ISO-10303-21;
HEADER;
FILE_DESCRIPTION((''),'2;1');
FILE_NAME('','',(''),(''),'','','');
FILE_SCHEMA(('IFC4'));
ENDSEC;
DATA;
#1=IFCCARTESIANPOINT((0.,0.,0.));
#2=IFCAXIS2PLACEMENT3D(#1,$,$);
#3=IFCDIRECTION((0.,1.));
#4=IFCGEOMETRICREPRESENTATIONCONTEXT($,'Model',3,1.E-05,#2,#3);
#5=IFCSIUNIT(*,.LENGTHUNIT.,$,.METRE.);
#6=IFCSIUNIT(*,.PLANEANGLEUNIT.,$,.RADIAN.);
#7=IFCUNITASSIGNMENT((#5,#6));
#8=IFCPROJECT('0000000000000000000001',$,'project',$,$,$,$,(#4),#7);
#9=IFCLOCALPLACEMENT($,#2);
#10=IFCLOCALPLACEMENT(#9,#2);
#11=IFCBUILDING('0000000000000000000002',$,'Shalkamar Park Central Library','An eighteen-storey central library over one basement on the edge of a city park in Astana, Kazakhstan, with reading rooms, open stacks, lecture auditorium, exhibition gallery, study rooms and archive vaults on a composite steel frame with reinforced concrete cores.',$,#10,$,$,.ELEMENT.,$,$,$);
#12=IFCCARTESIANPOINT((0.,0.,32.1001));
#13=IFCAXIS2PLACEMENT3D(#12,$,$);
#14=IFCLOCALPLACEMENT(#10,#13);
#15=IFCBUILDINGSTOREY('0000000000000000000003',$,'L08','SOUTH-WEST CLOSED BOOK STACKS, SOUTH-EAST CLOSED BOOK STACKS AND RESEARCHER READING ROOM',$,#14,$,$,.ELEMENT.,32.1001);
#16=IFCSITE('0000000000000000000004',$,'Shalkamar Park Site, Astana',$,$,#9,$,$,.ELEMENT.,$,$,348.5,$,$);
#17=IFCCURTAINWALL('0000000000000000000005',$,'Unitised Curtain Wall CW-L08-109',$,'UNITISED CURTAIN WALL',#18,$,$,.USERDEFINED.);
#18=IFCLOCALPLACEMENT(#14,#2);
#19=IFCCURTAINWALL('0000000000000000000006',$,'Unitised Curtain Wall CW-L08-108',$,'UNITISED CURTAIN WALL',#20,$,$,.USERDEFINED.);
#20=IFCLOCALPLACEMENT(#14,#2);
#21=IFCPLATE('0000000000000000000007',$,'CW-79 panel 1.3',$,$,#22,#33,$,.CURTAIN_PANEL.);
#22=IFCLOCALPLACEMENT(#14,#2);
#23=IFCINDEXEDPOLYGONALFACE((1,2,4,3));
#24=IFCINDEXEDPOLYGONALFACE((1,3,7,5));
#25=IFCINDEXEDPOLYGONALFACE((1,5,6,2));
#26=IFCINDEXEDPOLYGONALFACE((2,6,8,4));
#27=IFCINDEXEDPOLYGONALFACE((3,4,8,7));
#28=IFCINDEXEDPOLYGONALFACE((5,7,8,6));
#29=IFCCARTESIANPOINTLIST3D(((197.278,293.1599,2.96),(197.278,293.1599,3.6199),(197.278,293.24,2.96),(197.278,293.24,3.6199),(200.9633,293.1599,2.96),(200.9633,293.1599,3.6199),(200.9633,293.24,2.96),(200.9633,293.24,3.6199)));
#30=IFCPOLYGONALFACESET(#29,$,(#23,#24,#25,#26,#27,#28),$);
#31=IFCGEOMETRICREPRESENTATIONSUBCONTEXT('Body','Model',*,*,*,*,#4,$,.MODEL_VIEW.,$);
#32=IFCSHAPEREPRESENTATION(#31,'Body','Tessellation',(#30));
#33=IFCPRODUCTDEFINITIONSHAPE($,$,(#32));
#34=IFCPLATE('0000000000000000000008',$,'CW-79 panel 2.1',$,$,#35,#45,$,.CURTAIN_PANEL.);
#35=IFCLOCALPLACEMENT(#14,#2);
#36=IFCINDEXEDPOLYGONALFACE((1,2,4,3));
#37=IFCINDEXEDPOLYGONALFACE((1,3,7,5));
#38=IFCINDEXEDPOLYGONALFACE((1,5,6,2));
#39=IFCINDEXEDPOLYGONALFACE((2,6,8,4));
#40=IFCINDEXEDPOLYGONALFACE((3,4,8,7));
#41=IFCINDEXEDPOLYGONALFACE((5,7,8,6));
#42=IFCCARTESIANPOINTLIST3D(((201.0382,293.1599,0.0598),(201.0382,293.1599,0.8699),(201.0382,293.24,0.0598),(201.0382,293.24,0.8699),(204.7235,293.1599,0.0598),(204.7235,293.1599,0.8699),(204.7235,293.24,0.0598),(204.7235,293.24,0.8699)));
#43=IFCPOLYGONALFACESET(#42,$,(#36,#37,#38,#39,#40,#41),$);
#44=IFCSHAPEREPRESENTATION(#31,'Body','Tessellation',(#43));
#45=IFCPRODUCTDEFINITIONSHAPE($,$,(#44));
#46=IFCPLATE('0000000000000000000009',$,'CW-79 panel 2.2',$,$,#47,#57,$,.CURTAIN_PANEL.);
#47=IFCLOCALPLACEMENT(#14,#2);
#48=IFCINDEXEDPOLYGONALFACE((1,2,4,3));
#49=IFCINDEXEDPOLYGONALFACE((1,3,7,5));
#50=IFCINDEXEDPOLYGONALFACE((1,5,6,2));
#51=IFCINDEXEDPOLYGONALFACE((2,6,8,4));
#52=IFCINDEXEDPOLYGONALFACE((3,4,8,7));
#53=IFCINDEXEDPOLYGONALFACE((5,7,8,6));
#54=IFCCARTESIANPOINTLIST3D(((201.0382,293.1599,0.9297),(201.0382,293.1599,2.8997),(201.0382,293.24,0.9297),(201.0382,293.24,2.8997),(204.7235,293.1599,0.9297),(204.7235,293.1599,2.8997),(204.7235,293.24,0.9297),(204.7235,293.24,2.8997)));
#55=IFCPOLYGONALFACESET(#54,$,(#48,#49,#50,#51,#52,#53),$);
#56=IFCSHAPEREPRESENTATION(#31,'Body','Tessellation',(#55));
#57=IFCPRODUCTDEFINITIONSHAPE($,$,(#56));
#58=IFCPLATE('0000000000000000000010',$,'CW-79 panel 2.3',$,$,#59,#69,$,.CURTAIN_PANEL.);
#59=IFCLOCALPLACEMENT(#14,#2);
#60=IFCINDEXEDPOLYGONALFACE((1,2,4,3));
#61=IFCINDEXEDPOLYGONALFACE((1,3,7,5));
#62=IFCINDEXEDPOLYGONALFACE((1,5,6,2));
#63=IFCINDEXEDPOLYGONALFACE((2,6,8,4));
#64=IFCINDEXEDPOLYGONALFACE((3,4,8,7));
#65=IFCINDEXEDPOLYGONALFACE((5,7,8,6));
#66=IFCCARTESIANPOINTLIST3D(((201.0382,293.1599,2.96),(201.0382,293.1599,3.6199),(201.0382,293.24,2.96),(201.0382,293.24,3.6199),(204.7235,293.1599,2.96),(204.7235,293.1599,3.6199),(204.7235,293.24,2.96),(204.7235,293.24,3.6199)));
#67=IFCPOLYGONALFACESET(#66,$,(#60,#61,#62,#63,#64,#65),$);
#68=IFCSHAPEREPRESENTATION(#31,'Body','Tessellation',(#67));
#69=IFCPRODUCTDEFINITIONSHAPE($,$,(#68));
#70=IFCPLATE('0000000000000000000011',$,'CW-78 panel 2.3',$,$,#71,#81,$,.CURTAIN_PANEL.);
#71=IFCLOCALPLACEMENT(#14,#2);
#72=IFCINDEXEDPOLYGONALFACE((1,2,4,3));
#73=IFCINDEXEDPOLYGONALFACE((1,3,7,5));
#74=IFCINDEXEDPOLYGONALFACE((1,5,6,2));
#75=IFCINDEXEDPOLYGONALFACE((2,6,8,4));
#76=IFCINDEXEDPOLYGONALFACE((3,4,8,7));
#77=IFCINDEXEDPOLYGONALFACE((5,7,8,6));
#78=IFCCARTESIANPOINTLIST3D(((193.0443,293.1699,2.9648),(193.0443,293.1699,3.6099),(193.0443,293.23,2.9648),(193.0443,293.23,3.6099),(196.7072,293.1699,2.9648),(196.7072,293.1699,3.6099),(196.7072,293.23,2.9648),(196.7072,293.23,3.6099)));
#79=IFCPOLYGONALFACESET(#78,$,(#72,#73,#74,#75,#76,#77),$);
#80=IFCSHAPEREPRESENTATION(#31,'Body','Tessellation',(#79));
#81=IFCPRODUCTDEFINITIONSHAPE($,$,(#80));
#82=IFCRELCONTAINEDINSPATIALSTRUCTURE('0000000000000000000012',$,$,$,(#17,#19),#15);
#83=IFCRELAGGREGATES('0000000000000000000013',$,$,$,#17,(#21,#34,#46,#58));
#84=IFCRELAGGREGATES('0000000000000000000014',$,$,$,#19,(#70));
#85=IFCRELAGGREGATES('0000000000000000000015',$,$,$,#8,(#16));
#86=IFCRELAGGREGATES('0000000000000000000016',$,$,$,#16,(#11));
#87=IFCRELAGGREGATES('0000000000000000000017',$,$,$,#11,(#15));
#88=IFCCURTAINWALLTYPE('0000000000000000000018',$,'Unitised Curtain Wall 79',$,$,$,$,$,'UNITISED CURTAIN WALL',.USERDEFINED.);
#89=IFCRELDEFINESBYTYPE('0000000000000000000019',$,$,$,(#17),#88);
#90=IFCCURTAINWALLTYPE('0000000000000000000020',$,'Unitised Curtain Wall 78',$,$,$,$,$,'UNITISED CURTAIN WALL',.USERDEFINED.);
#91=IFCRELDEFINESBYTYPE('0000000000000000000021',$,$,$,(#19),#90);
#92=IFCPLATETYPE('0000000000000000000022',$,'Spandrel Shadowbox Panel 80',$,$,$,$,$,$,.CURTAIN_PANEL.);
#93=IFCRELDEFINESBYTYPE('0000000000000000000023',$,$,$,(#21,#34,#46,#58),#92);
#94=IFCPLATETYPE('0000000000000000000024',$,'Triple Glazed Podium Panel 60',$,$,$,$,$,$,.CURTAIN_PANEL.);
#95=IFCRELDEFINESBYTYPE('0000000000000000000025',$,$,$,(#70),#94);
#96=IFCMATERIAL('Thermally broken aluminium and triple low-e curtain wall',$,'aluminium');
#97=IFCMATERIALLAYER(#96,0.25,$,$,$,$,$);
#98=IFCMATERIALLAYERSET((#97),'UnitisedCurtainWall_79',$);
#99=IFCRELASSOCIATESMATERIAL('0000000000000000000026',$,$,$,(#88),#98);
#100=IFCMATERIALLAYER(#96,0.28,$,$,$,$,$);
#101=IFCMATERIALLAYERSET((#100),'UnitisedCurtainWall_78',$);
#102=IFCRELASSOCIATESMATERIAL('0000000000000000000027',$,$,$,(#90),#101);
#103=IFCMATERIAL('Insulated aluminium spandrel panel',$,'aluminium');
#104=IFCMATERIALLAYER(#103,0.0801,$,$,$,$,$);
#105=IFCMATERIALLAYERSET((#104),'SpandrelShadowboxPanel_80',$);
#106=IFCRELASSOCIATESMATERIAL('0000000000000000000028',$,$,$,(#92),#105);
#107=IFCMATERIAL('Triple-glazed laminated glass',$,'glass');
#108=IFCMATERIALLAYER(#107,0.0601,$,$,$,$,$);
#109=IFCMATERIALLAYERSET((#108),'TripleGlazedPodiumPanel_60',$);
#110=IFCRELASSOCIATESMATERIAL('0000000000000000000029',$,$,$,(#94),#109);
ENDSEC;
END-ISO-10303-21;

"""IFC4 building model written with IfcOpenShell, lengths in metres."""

from ifc_helpers import new_model, si_unit, direction, frame, origin, origin_2d, place, context, subcontext, project, spatial, rectangle, extrude, material, layer, layer_set, type_object, element, aggregate, save


model = new_model("IFC4")

# Units and contexts
model_context = context("Model", 3, precision=1e-05, world=origin(), true_north=direction((0.0, 1.0)))
body_context = subcontext(model_context, "Body", "Model", "MODEL_VIEW")
ifc_project = project(units=[si_unit("LENGTHUNIT", "METRE"), si_unit("PLANEANGLEUNIT", "RADIAN")], contexts=[model_context])

# Site, building, storey
site_placement = place(None, origin())
site = spatial("IfcSite", under=ifc_project, at=site_placement, Name="Shalkamar Park Site, Astana", CompositionType="ELEMENT", RefElevation=348.5)
building_placement = place(site_placement, origin())
building = spatial("IfcBuilding", under=site, at=building_placement, Name="Shalkamar Park Central Library", Description="An eighteen-storey central library over one basement on the edge of a city park in Astana, Kazakhstan, with reading rooms, open stacks, lecture auditorium, exhibition gallery, study rooms and archive vaults on a composite steel frame with reinforced concrete cores.", CompositionType="ELEMENT")
storey_placement = place(building_placement, frame((0.0, 0.0, 32.1001)))
storey = spatial("IfcBuildingStorey", under=building, at=storey_placement, Name="L08", Description="SOUTH-WEST CLOSED BOOK STACKS, SOUTH-EAST CLOSED BOOK STACKS AND RESEARCHER READING ROOM", CompositionType="ELEMENT", Elevation=32.1001)

# Curtain wall
ifc_material_1 = material(Name="Thermally broken aluminium and triple low-e curtain wall", Category="aluminium")
ifc_layer_1 = layer(ifc_material_1, 0.25)
ifc_layer_set_1 = layer_set([ifc_layer_1], Name="UnitisedCurtainWall_79")
curtain_wall_type_1 = type_object("IfcCurtainWallType", Name="Unitised Curtain Wall 79", ElementType="UNITISED CURTAIN WALL", PredefinedType="USERDEFINED", material=ifc_layer_set_1)
curtain_wall_1_placement = place(storey_placement, origin())
curtain_wall_1 = element("IfcCurtainWall", 1, at=curtain_wall_1_placement, inside=storey, type_object=curtain_wall_type_1, Name="Unitised Curtain Wall CW-L08-109", ObjectType="UNITISED CURTAIN WALL", PredefinedType="USERDEFINED")

# Curtain wall
ifc_layer_2 = layer(ifc_material_1, 0.28)
ifc_layer_set_2 = layer_set([ifc_layer_2], Name="UnitisedCurtainWall_78")
curtain_wall_type_2 = type_object("IfcCurtainWallType", Name="Unitised Curtain Wall 78", ElementType="UNITISED CURTAIN WALL", PredefinedType="USERDEFINED", material=ifc_layer_set_2)
curtain_wall_2_placement = place(storey_placement, origin())
curtain_wall_2 = element("IfcCurtainWall", 2, at=curtain_wall_2_placement, inside=storey, type_object=curtain_wall_type_2, Name="Unitised Curtain Wall CW-L08-108", ObjectType="UNITISED CURTAIN WALL", PredefinedType="USERDEFINED")

# Plates
ifc_material_2 = material(Name="Insulated aluminium spandrel panel", Category="aluminium")
ifc_layer_3 = layer(ifc_material_2, 0.0801)
ifc_layer_set_3 = layer_set([ifc_layer_3], Name="SpandrelShadowboxPanel_80")
plate_type_1 = type_object("IfcPlateType", Name="Spandrel Shadowbox Panel 80", PredefinedType="CURTAIN_PANEL", material=ifc_layer_set_3)
plate_1_placement = place(storey_placement, frame((199.1206, 293.2, 2.96), z_axis=(0.0, 0.0, 1.0), x_axis=(1.0, 0.0, 0.0)))
plate_1 = element("IfcPlate", 3, at=plate_1_placement, type_object=plate_type_1, Name="CW-79 panel 1.3", PredefinedType="CURTAIN_PANEL", context=body_context, shape_type="SweptSolid", body=[
    extrude(rectangle(XDim=3.6853, YDim=0.0801, at=origin_2d()), origin(), (0.0, 0.0, 1.0), 0.6599),
])
plate_2_placement = place(storey_placement, frame((202.8809, 293.2, 0.0598), z_axis=(0.0, 0.0, 1.0), x_axis=(1.0, 0.0, 0.0)))
plate_2 = element("IfcPlate", 4, at=plate_2_placement, type_object=plate_type_1, Name="CW-79 panel 2.1", PredefinedType="CURTAIN_PANEL", context=body_context, shape_type="SweptSolid", body=[
    extrude(rectangle(XDim=3.6853, YDim=0.0801, at=origin_2d()), origin(), (0.0, 0.0, 1.0), 0.8101),
])
plate_3_placement = place(storey_placement, frame((202.8809, 293.2, 0.9297), z_axis=(0.0, 0.0, 1.0), x_axis=(1.0, 0.0, 0.0)))
plate_3 = element("IfcPlate", 5, at=plate_3_placement, type_object=plate_type_1, Name="CW-79 panel 2.2", PredefinedType="CURTAIN_PANEL", context=body_context, shape_type="SweptSolid", body=[
    extrude(rectangle(XDim=3.6853, YDim=0.0801, at=origin_2d()), origin(), (0.0, 0.0, 1.0), 1.97),
])
plate_4_placement = place(storey_placement, frame((202.8809, 293.2, 2.96), z_axis=(0.0, 0.0, 1.0), x_axis=(1.0, 0.0, 0.0)))
plate_4 = element("IfcPlate", 6, at=plate_4_placement, type_object=plate_type_1, Name="CW-79 panel 2.3", PredefinedType="CURTAIN_PANEL", context=body_context, shape_type="SweptSolid", body=[
    extrude(rectangle(XDim=3.6853, YDim=0.0801, at=origin_2d()), origin(), (0.0, 0.0, 1.0), 0.6599),
])
aggregate(curtain_wall_1, [plate_1, plate_2, plate_3, plate_4])
ifc_material_3 = material(Name="Triple-glazed laminated glass", Category="glass")
ifc_layer_4 = layer(ifc_material_3, 0.0601)
ifc_layer_set_4 = layer_set([ifc_layer_4], Name="TripleGlazedPodiumPanel_60")
plate_type_2 = type_object("IfcPlateType", Name="Triple Glazed Podium Panel 60", PredefinedType="CURTAIN_PANEL", material=ifc_layer_set_4)
plate_5_placement = place(storey_placement, frame((194.8757, 293.2, 2.9648), z_axis=(0.0, 0.0, 1.0), x_axis=(1.0, 0.0, 0.0)))
plate_5 = element("IfcPlate", 7, at=plate_5_placement, type_object=plate_type_2, Name="CW-78 panel 2.3", PredefinedType="CURTAIN_PANEL", context=body_context, shape_type="SweptSolid", body=[
    extrude(rectangle(XDim=3.6628, YDim=0.0601, at=origin_2d()), origin(), (0.0, 0.0, 1.0), 0.645),
])
aggregate(curtain_wall_2, [plate_5])

save(model, "model.ifc")
